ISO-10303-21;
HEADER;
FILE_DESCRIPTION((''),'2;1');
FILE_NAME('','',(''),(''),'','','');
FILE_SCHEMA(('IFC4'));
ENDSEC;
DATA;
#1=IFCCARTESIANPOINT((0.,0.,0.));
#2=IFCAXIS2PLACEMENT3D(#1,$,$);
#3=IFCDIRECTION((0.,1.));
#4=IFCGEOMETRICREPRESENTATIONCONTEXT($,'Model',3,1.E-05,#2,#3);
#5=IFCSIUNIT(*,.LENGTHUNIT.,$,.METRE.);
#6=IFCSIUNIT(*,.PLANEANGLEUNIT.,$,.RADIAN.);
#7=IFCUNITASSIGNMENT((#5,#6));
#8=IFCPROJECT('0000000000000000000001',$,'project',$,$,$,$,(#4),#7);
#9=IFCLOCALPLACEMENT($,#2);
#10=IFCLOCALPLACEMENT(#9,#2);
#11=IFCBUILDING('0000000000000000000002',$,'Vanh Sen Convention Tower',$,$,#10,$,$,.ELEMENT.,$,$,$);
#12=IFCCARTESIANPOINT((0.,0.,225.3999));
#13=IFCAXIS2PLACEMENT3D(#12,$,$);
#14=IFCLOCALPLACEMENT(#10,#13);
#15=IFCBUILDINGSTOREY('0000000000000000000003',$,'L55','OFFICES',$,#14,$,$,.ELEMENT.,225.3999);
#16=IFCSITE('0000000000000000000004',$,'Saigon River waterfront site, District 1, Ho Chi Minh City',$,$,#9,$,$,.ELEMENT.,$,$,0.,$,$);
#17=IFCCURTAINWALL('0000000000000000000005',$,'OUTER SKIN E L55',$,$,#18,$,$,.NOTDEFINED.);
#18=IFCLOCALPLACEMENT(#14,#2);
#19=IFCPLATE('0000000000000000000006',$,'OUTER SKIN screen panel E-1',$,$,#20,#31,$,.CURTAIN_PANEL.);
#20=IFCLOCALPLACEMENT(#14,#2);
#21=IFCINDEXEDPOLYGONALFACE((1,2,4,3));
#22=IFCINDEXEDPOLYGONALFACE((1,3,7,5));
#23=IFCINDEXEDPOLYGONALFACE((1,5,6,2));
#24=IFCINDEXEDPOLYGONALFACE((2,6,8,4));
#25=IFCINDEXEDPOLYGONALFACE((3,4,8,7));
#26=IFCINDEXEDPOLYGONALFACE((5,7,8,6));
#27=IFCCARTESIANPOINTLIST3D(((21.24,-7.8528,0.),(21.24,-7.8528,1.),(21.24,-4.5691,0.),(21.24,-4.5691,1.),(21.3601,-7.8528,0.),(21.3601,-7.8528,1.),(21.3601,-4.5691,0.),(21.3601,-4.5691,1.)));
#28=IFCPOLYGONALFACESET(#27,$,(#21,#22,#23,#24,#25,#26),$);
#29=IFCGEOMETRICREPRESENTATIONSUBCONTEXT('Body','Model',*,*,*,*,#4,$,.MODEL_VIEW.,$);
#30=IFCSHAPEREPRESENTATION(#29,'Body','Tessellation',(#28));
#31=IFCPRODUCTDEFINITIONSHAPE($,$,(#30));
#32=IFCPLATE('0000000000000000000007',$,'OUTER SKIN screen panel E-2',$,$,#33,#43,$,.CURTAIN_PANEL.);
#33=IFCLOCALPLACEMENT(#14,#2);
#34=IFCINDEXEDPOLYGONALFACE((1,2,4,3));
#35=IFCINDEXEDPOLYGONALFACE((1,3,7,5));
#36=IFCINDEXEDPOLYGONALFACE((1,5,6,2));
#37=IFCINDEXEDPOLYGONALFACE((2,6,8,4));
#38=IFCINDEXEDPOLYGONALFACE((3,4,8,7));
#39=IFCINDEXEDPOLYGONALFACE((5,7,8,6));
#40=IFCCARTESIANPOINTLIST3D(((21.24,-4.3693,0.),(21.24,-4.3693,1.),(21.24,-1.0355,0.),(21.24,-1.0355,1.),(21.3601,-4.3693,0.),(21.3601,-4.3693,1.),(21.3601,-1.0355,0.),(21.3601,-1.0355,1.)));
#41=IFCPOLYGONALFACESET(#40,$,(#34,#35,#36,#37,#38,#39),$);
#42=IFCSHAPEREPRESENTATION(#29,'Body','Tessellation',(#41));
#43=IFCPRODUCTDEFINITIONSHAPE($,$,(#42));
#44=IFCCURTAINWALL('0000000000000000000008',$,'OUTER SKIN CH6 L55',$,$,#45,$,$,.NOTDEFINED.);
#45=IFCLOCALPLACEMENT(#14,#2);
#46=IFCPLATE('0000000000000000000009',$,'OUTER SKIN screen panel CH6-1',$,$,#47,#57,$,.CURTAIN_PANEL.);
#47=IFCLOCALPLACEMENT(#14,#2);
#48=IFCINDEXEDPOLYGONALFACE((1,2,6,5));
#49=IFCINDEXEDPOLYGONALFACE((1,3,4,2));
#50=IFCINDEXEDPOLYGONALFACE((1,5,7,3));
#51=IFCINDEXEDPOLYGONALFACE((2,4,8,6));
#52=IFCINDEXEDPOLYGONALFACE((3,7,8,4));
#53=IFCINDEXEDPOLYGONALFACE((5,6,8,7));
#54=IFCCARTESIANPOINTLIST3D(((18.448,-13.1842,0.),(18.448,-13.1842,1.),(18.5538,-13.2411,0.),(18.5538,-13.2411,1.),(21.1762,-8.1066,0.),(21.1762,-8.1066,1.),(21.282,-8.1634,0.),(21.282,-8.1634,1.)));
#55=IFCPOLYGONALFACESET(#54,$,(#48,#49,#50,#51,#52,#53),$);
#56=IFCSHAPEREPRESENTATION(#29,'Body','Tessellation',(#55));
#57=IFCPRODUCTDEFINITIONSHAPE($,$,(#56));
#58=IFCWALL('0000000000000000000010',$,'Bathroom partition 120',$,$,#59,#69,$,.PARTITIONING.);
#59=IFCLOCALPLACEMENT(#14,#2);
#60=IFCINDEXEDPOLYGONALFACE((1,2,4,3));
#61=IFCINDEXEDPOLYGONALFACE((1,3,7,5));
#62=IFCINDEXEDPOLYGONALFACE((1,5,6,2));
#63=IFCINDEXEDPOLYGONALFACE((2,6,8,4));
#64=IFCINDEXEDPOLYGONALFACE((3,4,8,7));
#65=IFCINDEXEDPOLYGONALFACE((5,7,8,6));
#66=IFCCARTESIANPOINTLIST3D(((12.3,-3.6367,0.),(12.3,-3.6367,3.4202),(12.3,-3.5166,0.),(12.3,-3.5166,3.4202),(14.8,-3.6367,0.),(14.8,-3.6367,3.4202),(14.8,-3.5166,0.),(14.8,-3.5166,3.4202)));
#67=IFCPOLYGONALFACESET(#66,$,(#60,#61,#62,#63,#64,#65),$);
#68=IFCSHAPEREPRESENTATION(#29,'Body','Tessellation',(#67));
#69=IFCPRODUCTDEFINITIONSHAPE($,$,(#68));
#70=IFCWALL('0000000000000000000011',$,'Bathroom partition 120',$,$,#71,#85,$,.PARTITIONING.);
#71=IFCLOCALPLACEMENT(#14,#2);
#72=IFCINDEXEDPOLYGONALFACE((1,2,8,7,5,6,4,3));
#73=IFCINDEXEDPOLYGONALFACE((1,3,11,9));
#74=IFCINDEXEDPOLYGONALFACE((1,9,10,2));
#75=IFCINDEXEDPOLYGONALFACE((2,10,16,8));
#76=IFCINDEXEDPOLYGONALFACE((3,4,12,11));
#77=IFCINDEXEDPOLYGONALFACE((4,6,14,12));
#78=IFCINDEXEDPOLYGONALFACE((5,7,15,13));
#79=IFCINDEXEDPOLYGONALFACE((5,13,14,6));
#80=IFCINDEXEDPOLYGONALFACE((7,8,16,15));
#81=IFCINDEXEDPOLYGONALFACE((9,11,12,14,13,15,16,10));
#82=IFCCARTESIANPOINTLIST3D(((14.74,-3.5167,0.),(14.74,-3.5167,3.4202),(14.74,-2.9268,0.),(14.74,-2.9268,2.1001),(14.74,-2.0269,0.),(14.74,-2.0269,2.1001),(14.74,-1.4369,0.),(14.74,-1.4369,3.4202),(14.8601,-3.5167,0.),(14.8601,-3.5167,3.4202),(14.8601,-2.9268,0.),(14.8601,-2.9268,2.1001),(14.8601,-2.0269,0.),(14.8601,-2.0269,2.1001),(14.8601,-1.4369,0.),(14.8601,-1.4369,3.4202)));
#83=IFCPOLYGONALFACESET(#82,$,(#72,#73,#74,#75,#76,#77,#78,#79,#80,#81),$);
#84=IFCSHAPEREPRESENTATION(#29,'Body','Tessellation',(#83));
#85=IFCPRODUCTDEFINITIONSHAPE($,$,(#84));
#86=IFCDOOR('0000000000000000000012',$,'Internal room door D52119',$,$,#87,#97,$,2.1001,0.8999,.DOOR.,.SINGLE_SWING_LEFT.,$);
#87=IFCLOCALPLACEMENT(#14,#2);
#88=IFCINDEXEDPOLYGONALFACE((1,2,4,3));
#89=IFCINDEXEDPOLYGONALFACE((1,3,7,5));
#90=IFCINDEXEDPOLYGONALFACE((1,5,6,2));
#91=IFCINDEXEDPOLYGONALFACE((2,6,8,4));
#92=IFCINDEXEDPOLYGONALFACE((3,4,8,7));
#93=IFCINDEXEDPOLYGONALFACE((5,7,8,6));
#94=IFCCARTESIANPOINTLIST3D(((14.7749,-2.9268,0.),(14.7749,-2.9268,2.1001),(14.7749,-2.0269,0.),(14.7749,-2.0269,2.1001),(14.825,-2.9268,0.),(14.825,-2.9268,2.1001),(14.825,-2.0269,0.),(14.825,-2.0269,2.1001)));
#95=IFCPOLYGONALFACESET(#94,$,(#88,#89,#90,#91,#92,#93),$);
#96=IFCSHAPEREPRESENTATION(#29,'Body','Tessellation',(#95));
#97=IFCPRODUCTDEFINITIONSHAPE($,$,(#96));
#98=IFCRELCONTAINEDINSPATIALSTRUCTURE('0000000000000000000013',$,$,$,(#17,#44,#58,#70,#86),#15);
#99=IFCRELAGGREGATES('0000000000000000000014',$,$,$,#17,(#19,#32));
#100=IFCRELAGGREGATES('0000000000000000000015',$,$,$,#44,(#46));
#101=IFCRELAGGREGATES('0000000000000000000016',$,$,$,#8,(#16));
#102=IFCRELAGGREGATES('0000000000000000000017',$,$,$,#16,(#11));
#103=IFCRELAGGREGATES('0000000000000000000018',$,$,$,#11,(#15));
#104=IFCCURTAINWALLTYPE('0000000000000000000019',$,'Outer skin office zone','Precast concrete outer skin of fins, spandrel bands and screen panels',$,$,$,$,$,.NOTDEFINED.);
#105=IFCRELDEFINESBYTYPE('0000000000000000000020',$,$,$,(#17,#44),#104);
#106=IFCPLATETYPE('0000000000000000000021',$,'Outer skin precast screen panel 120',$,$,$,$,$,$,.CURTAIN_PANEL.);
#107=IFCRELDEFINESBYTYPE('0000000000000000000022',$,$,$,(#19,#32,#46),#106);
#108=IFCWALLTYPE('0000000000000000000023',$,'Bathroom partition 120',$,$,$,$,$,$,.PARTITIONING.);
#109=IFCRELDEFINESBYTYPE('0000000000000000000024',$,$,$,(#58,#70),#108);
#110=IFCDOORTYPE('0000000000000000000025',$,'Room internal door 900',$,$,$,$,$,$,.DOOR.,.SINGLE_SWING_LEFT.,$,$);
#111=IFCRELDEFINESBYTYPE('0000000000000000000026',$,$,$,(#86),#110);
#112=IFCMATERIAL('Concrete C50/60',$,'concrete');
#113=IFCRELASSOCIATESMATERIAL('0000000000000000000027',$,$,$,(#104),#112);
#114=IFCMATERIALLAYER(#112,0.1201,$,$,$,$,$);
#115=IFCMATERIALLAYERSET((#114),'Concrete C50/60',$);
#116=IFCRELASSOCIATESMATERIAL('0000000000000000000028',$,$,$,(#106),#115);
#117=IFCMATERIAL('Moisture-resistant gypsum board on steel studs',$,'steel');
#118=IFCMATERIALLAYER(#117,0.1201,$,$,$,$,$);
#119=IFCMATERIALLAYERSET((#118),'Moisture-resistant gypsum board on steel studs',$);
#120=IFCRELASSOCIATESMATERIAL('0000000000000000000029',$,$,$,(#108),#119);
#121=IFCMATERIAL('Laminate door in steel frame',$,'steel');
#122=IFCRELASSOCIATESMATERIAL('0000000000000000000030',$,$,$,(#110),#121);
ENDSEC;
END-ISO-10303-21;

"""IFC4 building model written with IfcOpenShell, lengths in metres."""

from ifc_helpers import new_model, si_unit, direction, frame, frame_2d, origin, origin_2d, place, context, subcontext, project, spatial, rectangle, extrude, material, layer, layer_set, type_object, element, fill, aggregate, save


model = new_model("IFC4")

# Units and contexts
model_context = context("Model", 3, precision=1e-05, world=origin(), true_north=direction((0.0, 1.0)))
body_context = subcontext(model_context, "Body", "Model", "MODEL_VIEW")
ifc_project = project(units=[si_unit("LENGTHUNIT", "METRE"), si_unit("PLANEANGLEUNIT", "RADIAN")], contexts=[model_context])

# Site, building, storey
site_placement = place(None, origin())
site = spatial("IfcSite", under=ifc_project, at=site_placement, Name="Saigon River waterfront site, District 1, Ho Chi Minh City", CompositionType="ELEMENT", RefElevation=0.0)
building_placement = place(site_placement, origin())
building = spatial("IfcBuilding", under=site, at=building_placement, Name="Vanh Sen Convention Tower", CompositionType="ELEMENT")
storey_placement = place(building_placement, frame((0.0, 0.0, 225.3999)))
storey = spatial("IfcBuildingStorey", under=building, at=storey_placement, Name="L55", Description="OFFICES", CompositionType="ELEMENT", Elevation=225.3999)

# Curtain wall
ifc_material_1 = material(Name="Concrete C50/60", Category="concrete")
curtain_wall_type = type_object("IfcCurtainWallType", Name="Outer skin office zone", Description="Precast concrete outer skin of fins, spandrel bands and screen panels", PredefinedType="NOTDEFINED", material=ifc_material_1)
curtain_wall_1_placement = place(storey_placement, origin())
curtain_wall_1 = element("IfcCurtainWall", 1, at=curtain_wall_1_placement, inside=storey, type_object=curtain_wall_type, Name="OUTER SKIN E L55", PredefinedType="NOTDEFINED")

# Plates
ifc_layer_1 = layer(ifc_material_1, 0.1201)
ifc_layer_set_1 = layer_set([ifc_layer_1], Name="Concrete C50/60")
plate_type = type_object("IfcPlateType", Name="Outer skin precast screen panel 120", PredefinedType="CURTAIN_PANEL", material=ifc_layer_set_1)
plate_1_placement = place(storey_placement, frame((21.3, -6.2109, 0.0), z_axis=(0.0, 0.0, 1.0), x_axis=(0.0, 1.0, 0.0)))
plate_1 = element("IfcPlate", 2, at=plate_1_placement, type_object=plate_type, Name="OUTER SKIN screen panel E-1", PredefinedType="CURTAIN_PANEL", context=body_context, shape_type="SweptSolid", body=[
    extrude(rectangle(XDim=3.2837, YDim=0.1201, at=origin_2d()), origin(), (0.0, 0.0, 1.0), 1.0),
])
plate_2_placement = place(storey_placement, frame((21.3, -2.7024, 0.0), z_axis=(0.0, 0.0, 1.0), x_axis=(0.0, 1.0, 0.0)))
plate_2 = element("IfcPlate", 3, at=plate_2_placement, type_object=plate_type, Name="OUTER SKIN screen panel E-2", PredefinedType="CURTAIN_PANEL", context=body_context, shape_type="SweptSolid", body=[
    extrude(rectangle(XDim=3.3337, YDim=0.1201, at=origin_2d()), origin(), (0.0, 0.0, 1.0), 1.0),
])
aggregate(curtain_wall_1, [plate_1, plate_2])

# Curtain wall, plate
curtain_wall_2_placement = place(storey_placement, origin())
curtain_wall_2 = element("IfcCurtainWall", 4, at=curtain_wall_2_placement, inside=storey, type_object=curtain_wall_type, Name="OUTER SKIN CH6 L55", PredefinedType="NOTDEFINED")
plate_3_placement = place(storey_placement, frame((19.865, -10.6738, 0.0), z_axis=(0.0, 0.0, 1.0), x_axis=(0.473314, 0.880894, 0.0)))
plate_3 = element("IfcPlate", 5, at=plate_3_placement, type_object=plate_type, Name="OUTER SKIN screen panel CH6-1", PredefinedType="CURTAIN_PANEL", context=body_context, shape_type="SweptSolid", body=[
    extrude(rectangle(XDim=5.7642, YDim=0.1201, at=origin_2d()), origin(), (0.0, 0.0, 1.0), 1.0),
])
aggregate(curtain_wall_2, [plate_3])

# Wall
ifc_material_2 = material(Name="Moisture-resistant gypsum board on steel studs", Category="steel")
ifc_layer_2 = layer(ifc_material_2, 0.1201)
ifc_layer_set_2 = layer_set([ifc_layer_2], Name="Moisture-resistant gypsum board on steel studs")
wall_type_1 = type_object("IfcWallType", Name="Bathroom partition 120", PredefinedType="PARTITIONING", material=ifc_layer_set_2)
wall_1_placement = place(storey_placement, frame((14.8, -3.5767, 0.0), z_axis=(0.0, 0.0, 1.0), x_axis=(-1.0, 0.0, 0.0)))
element("IfcWall", 6, at=wall_1_placement, inside=storey, type_object=wall_type_1, Name="Bathroom partition 120", PredefinedType="PARTITIONING", context=body_context, shape_type="SweptSolid", body=[
    extrude(rectangle(XDim=2.5, YDim=0.1201, at=frame_2d((1.25, 0.0))), origin(), (0.0, 0.0, 1.0), 3.4202),
])

# Wall, opening, door
wall_2_placement = place(storey_placement, frame((14.8, -1.4368, 0.0), z_axis=(0.0, 0.0, 1.0), x_axis=(0.0, -1.0, 0.0)))
wall_2 = element("IfcWall", 7, at=wall_2_placement, inside=storey, type_object=wall_type_1, Name="Bathroom partition 120", PredefinedType="PARTITIONING", context=body_context, shape_type="SweptSolid", body=[
    extrude(rectangle(XDim=2.0798, YDim=0.1201, at=frame_2d((1.04, 0.0))), origin(), (0.0, 0.0, 1.0), 3.4202),
])
opening_1_placement = place(wall_2_placement, frame((0.5901, 0.0, 0.0)))
opening_1 = element("IfcOpeningElement", 8, at=opening_1_placement, cuts=wall_2, PredefinedType="OPENING", context=body_context, shape_type="SweptSolid", body=[
    extrude(rectangle(XDim=0.8999, YDim=2.1001, at=frame_2d((0.45, 1.05))), frame((0.0, 0.0701, 0.0), z_axis=(0.0, -1.0, 0.0), x_axis=(1.0, 0.0, 0.0)), (0.0, 0.0, 1.0), 0.1401),
])
ifc_material_3 = material(Name="Laminate door in steel frame", Category="steel")
door_type = type_object("IfcDoorType", Name="Room internal door 900", OperationType="SINGLE_SWING_LEFT", PredefinedType="DOOR", material=ifc_material_3)
door_placement = place(opening_1_placement, origin())
door = element("IfcDoor", 9, at=door_placement, inside=storey, type_object=door_type, Name="Internal room door D52119", OperationType="SINGLE_SWING_LEFT", OverallHeight=2.1001, OverallWidth=0.8999, PredefinedType="DOOR", context=body_context, shape_type="SweptSolid", body=[
    extrude(rectangle(XDim=0.8999, YDim=2.1001, at=frame_2d((0.45, 1.05))), frame((0.0, 0.0249, 0.0), z_axis=(0.0, -1.0, 0.0), x_axis=(1.0, 0.0, 0.0)), (0.0, 0.0, 1.0), 0.05),
])
fill(opening_1, door)

save(model, "model.ifc")
